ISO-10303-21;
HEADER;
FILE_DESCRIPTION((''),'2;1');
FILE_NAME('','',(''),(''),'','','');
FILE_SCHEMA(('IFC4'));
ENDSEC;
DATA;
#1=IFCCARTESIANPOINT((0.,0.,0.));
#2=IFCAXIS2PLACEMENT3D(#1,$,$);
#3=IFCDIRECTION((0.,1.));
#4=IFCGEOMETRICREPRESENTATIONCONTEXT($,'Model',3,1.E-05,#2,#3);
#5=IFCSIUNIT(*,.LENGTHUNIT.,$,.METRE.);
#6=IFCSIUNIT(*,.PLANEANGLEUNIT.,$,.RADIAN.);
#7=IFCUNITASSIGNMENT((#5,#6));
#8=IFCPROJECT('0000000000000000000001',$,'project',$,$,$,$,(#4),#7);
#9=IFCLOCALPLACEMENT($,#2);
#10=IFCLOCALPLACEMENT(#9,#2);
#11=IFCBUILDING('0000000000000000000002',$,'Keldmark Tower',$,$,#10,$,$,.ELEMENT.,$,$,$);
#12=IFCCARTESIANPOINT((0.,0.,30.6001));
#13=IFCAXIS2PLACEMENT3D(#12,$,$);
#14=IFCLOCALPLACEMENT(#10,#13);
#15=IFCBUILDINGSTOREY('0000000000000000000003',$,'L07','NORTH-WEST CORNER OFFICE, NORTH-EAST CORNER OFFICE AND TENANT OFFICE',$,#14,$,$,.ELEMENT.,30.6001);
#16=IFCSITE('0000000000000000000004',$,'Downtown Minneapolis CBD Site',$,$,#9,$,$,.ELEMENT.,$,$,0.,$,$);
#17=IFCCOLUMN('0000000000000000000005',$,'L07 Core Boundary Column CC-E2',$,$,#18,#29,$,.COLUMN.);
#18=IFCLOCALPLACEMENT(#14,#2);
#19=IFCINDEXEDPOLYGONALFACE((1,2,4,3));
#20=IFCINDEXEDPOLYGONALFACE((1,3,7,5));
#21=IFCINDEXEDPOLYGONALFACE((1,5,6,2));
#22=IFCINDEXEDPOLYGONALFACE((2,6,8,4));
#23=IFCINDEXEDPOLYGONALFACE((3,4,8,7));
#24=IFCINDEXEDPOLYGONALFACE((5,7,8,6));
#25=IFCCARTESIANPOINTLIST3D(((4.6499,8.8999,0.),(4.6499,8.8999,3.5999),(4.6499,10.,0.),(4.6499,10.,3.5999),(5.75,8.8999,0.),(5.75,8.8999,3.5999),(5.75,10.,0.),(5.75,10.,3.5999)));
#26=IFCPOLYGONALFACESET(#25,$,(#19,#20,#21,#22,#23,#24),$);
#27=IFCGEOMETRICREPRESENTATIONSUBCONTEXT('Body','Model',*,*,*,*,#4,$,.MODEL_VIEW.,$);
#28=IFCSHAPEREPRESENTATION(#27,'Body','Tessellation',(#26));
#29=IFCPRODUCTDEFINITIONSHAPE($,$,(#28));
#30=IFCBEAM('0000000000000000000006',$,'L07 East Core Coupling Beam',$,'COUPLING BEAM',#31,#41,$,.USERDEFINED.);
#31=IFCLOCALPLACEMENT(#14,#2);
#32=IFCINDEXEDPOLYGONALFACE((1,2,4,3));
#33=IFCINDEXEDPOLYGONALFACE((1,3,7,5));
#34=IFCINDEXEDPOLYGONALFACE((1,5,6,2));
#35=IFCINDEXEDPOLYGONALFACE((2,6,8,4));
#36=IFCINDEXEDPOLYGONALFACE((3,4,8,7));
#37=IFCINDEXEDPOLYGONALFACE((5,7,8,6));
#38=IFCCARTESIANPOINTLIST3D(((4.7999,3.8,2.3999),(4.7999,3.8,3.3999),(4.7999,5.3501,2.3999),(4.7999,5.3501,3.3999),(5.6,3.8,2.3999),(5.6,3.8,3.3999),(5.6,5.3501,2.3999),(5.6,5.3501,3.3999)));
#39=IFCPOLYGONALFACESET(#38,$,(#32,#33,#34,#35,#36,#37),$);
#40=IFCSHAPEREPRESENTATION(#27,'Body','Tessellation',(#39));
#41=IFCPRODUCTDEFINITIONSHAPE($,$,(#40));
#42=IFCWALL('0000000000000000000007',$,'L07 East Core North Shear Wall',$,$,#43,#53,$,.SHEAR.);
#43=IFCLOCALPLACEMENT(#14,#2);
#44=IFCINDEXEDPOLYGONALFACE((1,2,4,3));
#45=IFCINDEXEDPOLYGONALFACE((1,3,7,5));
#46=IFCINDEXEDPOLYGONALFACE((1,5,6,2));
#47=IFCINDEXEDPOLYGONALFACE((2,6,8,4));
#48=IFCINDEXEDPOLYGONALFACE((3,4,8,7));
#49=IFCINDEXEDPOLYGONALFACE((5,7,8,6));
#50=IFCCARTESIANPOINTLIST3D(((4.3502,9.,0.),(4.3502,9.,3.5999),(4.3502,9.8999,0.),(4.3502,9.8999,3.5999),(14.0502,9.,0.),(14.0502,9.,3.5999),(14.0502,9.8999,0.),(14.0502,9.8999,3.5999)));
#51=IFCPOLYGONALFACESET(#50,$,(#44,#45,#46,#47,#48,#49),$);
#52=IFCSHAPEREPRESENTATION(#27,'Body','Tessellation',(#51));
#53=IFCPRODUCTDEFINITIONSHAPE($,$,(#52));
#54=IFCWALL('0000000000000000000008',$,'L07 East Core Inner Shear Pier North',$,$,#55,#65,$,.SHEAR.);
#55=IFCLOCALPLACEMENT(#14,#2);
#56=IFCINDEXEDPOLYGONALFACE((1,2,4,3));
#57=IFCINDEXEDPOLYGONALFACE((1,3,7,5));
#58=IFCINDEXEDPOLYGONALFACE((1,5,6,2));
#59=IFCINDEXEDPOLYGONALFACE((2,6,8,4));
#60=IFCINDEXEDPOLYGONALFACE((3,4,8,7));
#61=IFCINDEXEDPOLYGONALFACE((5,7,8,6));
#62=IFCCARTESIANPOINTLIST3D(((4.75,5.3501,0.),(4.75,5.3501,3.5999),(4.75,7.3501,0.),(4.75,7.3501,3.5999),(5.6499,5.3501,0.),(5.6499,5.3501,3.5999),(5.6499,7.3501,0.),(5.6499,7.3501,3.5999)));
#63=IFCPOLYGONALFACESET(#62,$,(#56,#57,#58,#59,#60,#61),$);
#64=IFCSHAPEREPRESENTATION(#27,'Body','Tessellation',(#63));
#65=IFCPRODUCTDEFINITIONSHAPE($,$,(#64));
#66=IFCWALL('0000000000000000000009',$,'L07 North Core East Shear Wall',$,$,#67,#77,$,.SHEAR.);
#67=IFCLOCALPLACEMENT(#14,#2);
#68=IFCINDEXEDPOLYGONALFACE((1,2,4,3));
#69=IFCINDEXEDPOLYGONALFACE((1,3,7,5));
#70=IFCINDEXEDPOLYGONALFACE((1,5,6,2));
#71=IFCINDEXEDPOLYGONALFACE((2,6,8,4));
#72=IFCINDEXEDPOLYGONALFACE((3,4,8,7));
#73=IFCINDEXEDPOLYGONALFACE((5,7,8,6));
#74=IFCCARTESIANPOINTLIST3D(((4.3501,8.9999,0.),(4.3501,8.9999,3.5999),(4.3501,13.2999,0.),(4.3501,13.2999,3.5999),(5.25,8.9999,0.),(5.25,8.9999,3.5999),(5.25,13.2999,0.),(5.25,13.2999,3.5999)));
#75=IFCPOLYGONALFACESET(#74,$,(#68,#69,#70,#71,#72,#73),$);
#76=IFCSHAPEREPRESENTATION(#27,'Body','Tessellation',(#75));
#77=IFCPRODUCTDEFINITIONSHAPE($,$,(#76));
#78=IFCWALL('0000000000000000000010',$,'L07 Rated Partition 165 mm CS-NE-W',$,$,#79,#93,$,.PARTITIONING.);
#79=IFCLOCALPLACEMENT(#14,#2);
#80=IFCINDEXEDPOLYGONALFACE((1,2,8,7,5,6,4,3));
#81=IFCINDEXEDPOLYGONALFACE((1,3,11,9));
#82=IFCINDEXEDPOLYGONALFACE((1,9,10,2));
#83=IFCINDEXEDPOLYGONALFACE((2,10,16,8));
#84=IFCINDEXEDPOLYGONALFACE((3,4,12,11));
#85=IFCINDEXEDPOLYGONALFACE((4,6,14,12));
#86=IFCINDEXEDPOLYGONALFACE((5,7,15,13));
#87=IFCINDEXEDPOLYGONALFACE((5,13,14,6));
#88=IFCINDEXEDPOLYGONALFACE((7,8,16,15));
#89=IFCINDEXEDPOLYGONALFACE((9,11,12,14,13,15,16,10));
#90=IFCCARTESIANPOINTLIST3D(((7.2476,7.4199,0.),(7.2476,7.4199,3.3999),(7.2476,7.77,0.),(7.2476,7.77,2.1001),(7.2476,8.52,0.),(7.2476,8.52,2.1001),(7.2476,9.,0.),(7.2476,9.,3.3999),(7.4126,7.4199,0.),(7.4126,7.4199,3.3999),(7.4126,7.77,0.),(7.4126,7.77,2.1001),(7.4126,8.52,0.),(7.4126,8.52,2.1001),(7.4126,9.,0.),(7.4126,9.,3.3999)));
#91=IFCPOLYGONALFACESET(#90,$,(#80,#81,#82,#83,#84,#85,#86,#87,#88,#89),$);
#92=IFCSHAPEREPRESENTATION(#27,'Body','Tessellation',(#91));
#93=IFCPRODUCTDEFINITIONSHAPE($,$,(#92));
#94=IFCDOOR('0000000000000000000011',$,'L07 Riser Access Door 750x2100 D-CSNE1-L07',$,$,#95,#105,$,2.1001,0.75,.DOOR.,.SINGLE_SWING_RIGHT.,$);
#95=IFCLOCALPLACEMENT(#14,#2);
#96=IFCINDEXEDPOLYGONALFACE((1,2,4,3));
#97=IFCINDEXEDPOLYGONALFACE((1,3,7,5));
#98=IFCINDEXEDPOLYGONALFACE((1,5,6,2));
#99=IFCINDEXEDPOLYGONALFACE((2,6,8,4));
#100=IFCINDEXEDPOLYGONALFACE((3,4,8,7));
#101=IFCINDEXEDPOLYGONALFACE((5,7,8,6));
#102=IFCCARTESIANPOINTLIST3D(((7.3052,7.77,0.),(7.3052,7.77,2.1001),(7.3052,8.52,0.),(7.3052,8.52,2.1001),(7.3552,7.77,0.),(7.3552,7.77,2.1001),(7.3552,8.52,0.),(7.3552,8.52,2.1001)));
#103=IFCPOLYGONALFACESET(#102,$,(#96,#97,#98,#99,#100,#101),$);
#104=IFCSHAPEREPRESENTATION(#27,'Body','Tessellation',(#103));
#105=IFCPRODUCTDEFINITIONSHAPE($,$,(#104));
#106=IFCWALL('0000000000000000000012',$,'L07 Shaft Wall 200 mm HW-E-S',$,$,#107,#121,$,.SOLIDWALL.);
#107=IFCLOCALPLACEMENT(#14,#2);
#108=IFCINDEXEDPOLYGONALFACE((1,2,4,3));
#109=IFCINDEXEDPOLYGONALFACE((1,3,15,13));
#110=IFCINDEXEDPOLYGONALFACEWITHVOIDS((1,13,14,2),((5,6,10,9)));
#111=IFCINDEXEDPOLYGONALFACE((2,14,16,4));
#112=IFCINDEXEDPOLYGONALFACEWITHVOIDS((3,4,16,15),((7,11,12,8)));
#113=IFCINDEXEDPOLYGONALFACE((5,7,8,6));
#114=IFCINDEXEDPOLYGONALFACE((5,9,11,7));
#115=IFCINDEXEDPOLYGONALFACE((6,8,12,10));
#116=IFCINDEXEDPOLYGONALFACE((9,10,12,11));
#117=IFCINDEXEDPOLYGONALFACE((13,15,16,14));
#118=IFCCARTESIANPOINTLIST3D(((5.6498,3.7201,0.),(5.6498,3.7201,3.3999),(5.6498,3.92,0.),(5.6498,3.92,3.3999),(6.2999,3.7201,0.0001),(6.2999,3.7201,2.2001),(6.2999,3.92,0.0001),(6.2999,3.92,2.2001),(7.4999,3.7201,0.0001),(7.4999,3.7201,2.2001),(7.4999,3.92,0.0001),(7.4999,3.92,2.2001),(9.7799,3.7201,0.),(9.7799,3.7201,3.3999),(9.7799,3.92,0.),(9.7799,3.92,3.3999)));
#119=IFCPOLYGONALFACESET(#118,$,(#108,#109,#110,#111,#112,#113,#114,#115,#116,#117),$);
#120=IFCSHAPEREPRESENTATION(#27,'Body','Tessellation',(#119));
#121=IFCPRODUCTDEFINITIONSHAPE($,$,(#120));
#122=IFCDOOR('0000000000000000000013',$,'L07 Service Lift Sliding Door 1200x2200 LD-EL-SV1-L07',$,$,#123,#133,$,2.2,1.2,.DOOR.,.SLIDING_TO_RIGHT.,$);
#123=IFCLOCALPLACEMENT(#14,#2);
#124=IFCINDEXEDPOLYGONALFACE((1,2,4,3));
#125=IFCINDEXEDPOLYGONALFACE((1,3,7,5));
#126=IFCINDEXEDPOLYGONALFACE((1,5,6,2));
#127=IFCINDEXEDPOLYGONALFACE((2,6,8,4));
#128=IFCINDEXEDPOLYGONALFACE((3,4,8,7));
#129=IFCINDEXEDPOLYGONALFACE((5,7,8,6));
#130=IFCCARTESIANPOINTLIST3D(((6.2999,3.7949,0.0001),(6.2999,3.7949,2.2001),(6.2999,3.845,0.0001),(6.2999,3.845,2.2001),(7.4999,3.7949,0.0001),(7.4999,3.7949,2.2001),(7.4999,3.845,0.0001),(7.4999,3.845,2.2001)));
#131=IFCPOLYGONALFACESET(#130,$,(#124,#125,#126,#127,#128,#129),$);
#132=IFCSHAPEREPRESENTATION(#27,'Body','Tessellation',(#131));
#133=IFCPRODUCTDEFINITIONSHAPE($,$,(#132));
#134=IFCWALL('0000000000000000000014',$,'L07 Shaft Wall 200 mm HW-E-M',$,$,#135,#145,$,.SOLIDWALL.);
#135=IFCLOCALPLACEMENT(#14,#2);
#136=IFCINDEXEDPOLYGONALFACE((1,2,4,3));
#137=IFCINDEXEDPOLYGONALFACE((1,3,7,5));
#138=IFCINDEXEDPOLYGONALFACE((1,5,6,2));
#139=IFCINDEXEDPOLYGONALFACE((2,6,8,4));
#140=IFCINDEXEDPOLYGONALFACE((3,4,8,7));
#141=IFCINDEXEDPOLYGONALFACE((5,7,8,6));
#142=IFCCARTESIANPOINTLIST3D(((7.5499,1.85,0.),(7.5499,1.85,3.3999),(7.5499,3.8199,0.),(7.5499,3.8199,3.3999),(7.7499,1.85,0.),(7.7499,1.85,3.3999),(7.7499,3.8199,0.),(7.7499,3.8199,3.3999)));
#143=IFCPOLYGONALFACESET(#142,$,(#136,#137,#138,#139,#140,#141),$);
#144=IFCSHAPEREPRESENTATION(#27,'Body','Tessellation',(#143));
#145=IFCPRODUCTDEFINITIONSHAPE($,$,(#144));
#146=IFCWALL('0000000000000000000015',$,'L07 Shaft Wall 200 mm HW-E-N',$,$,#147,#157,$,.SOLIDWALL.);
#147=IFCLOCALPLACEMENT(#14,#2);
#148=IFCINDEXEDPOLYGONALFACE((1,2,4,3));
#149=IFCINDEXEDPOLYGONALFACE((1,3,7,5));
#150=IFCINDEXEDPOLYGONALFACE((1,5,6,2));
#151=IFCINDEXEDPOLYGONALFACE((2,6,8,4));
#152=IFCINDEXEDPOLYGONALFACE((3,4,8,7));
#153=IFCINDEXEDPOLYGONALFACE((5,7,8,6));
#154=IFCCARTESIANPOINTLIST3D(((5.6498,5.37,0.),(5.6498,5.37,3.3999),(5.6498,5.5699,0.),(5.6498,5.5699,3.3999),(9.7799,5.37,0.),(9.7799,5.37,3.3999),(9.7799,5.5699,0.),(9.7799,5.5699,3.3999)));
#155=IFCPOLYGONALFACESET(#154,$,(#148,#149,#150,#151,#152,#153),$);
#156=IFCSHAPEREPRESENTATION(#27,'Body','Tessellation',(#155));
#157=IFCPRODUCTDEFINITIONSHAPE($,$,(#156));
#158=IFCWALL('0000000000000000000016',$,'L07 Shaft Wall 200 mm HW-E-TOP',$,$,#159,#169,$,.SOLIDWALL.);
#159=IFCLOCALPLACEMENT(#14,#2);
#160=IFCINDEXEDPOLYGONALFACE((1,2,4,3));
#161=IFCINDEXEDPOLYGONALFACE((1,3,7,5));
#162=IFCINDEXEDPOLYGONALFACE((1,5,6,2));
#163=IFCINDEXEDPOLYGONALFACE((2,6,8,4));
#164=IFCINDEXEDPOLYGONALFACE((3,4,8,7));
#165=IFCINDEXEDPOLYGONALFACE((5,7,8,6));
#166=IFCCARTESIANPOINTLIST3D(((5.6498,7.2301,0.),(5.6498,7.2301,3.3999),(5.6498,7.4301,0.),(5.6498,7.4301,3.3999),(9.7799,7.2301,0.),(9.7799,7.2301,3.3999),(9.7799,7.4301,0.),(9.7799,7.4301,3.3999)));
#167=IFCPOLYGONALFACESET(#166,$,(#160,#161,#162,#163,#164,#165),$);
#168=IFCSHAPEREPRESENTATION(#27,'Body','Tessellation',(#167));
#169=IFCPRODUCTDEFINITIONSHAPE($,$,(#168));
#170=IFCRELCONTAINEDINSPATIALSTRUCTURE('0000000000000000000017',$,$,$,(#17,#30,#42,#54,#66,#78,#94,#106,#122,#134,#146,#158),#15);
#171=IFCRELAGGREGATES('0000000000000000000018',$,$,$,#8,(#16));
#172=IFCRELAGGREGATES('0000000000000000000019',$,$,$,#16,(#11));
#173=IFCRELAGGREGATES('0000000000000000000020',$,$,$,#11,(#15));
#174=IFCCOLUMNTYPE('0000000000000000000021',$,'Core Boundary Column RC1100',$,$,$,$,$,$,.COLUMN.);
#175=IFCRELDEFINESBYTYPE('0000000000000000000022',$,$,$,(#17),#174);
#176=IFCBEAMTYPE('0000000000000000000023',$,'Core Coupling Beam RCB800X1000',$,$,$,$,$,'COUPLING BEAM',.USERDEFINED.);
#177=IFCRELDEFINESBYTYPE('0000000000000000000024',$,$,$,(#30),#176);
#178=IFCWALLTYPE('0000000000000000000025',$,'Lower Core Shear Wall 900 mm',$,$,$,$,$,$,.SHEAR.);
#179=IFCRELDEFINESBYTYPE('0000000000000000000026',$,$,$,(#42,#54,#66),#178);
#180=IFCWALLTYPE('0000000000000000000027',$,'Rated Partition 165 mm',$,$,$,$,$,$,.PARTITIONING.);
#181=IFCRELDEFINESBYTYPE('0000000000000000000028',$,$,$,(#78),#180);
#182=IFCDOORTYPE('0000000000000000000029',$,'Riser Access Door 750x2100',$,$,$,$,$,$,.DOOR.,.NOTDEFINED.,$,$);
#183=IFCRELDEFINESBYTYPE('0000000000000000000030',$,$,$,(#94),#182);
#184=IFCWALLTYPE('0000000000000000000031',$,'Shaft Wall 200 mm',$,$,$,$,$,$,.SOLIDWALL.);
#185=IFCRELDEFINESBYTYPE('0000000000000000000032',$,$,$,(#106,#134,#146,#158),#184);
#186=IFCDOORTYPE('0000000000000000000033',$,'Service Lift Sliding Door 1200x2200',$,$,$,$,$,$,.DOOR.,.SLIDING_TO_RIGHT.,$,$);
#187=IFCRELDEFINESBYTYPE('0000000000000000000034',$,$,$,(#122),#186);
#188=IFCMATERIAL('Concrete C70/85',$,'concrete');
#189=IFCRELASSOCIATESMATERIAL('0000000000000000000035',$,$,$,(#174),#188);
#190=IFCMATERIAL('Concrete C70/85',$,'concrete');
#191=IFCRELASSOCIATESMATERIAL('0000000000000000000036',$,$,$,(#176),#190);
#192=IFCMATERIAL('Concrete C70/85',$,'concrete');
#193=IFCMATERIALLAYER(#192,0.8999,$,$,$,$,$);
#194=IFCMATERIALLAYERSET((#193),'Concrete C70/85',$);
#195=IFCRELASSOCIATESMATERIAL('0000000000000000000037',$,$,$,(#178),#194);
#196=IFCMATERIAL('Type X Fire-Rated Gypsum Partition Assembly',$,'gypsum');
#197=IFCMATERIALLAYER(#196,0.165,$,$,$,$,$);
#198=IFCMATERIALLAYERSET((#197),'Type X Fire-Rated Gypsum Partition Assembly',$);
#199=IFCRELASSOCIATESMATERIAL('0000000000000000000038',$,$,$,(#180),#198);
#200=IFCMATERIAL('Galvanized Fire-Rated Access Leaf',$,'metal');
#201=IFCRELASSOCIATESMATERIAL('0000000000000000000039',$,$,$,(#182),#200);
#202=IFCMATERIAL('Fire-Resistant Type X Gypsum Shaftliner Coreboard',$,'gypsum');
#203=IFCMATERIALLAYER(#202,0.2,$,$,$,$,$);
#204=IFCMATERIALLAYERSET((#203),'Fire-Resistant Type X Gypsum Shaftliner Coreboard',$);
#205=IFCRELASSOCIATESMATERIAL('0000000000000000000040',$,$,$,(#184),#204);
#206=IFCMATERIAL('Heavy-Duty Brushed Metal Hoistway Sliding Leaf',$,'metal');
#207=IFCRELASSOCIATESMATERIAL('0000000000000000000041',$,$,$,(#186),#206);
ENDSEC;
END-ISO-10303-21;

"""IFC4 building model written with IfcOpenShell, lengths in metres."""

from ifc_helpers import new_model, si_unit, direction, frame, frame_2d, origin, origin_2d, place, context, subcontext, project, spatial, rectangle, extrude, material, layer, layer_set, material_profile, profile_set, type_object, element, fill, save


model = new_model("IFC4")

# Units and contexts
model_context = context("Model", 3, precision=1e-05, world=origin(), true_north=direction((0.0, 1.0)))
body_context = subcontext(model_context, "Body", "Model", "MODEL_VIEW")
ifc_project = project(units=[si_unit("LENGTHUNIT", "METRE"), si_unit("PLANEANGLEUNIT", "RADIAN")], contexts=[model_context])

# Site, building, storey
site_placement = place(None, origin())
site = spatial("IfcSite", under=ifc_project, at=site_placement, Name="Downtown Minneapolis CBD Site", CompositionType="ELEMENT", RefElevation=0.0)
building_placement = place(site_placement, origin())
building = spatial("IfcBuilding", under=site, at=building_placement, Name="Keldmark Tower", CompositionType="ELEMENT")
storey_placement = place(building_placement, frame((0.0, 0.0, 30.6001)))
storey = spatial("IfcBuildingStorey", under=building, at=storey_placement, Name="L07", Description="NORTH-WEST CORNER OFFICE, NORTH-EAST CORNER OFFICE AND TENANT OFFICE", CompositionType="ELEMENT", Elevation=30.6001)

# Column
ifc_material_1 = material(Name="Concrete C70/85", Category="concrete")
ifc_material_profile_1 = material_profile(ifc_material_1, rectangle(XDim=1.1001, YDim=1.1001, at=origin_2d()), Name="RC1100X1100")
ifc_profile_set_1 = profile_set([ifc_material_profile_1], Name="Concrete C70/85")
column_type = type_object("IfcColumnType", Name="Core Boundary Column RC1100", PredefinedType="COLUMN", material=ifc_profile_set_1)
column_placement = place(storey_placement, frame((5.2, 9.45, 0.0), z_axis=(0.0, 0.0, 1.0), x_axis=(1.0, 0.0, 0.0)))
element("IfcColumn", 1, at=column_placement, inside=storey, type_object=column_type, Name="L07 Core Boundary Column CC-E2", PredefinedType="COLUMN", context=body_context, shape_type="SweptSolid", body=[
    extrude(rectangle(XDim=1.1001, YDim=1.1001, at=origin_2d()), origin(), (0.0, 0.0, 1.0), 3.5999),
])

# Beam
ifc_material_2 = material(Name="Concrete C70/85", Category="concrete")
ifc_material_profile_2 = material_profile(ifc_material_2, rectangle(XDim=0.8, YDim=1.0, at=origin_2d()), Name="RCB800X1000")
ifc_profile_set_2 = profile_set([ifc_material_profile_2], Name="Concrete C70/85")
beam_type = type_object("IfcBeamType", Name="Core Coupling Beam RCB800X1000", ElementType="COUPLING BEAM", PredefinedType="USERDEFINED", material=ifc_profile_set_2)
beam_placement = place(storey_placement, frame((5.2, 3.8, 2.8999), z_axis=(0.0, 1.0, 0.0), x_axis=(-1.0, 0.0, 0.0)))
element("IfcBeam", 2, at=beam_placement, inside=storey, type_object=beam_type, Name="L07 East Core Coupling Beam", ObjectType="COUPLING BEAM", PredefinedType="USERDEFINED", context=body_context, shape_type="SweptSolid", body=[
    extrude(rectangle(XDim=0.8, YDim=1.0, at=origin_2d()), origin(), (0.0, 0.0, 1.0), 1.55),
])

# Walls
ifc_material_3 = material(Name="Concrete C70/85", Category="concrete")
ifc_layer_1 = layer(ifc_material_3, 0.8999)
ifc_layer_set_1 = layer_set([ifc_layer_1], Name="Concrete C70/85")
wall_type_1 = type_object("IfcWallType", Name="Lower Core Shear Wall 900 mm", PredefinedType="SHEAR", material=ifc_layer_set_1)
wall_1_placement = place(storey_placement, frame((4.3501, 9.45, 0.0), z_axis=(0.0, 0.0, 1.0), x_axis=(1.0, 0.0, 0.0)))
element("IfcWall", 3, at=wall_1_placement, inside=storey, type_object=wall_type_1, Name="L07 East Core North Shear Wall", PredefinedType="SHEAR", context=body_context, shape_type="SweptSolid", body=[
    extrude(rectangle(XDim=9.7, YDim=0.8999, at=frame_2d((4.8501, 0.0))), origin(), (0.0, 0.0, 1.0), 3.5999),
])
wall_2_placement = place(storey_placement, frame((5.2, 5.3501, 0.0), z_axis=(0.0, 0.0, 1.0), x_axis=(0.0, 1.0, 0.0)))
element("IfcWall", 4, at=wall_2_placement, inside=storey, type_object=wall_type_1, Name="L07 East Core Inner Shear Pier North", PredefinedType="SHEAR", context=body_context, shape_type="SweptSolid", body=[
    extrude(rectangle(XDim=2.0, YDim=0.8999, at=frame_2d((1.0, 0.0))), origin(), (0.0, 0.0, 1.0), 3.5999),
])
wall_3_placement = place(storey_placement, frame((4.8, 9.0, 0.0), z_axis=(0.0, 0.0, 1.0), x_axis=(0.0, 1.0, 0.0)))
element("IfcWall", 5, at=wall_3_placement, inside=storey, type_object=wall_type_1, Name="L07 North Core East Shear Wall", PredefinedType="SHEAR", context=body_context, shape_type="SweptSolid", body=[
    extrude(rectangle(XDim=4.3, YDim=0.8999, at=frame_2d((2.1499, 0.0))), origin(), (0.0, 0.0, 1.0), 3.5999),
])

# Walls, openings, doors
ifc_material_4 = material(Name="Type X Fire-Rated Gypsum Partition Assembly", Category="gypsum")
ifc_layer_2 = layer(ifc_material_4, 0.165)
ifc_layer_set_2 = layer_set([ifc_layer_2], Name="Type X Fire-Rated Gypsum Partition Assembly")
wall_type_2 = type_object("IfcWallType", Name="Rated Partition 165 mm", PredefinedType="PARTITIONING", material=ifc_layer_set_2)
wall_4_placement = place(storey_placement, frame((7.3301, 7.4199, 0.0), z_axis=(0.0, 0.0, 1.0), x_axis=(0.0, 1.0, 0.0)))
wall_4 = element("IfcWall", 6, at=wall_4_placement, inside=storey, type_object=wall_type_2, Name="L07 Rated Partition 165 mm CS-NE-W", PredefinedType="PARTITIONING", context=body_context, shape_type="SweptSolid", body=[
    extrude(rectangle(XDim=1.5801, YDim=0.165, at=frame_2d((0.79, 0.0))), origin(), (0.0, 0.0, 1.0), 3.3999),
])
opening_1_placement = place(wall_4_placement, frame((0.3501, 0.0, 0.0)))
opening_1 = element("IfcOpeningElement", 7, at=opening_1_placement, cuts=wall_4, PredefinedType="OPENING", context=body_context, shape_type="SweptSolid", body=[
    extrude(rectangle(XDim=0.75, YDim=2.1001, at=frame_2d((0.375, 1.05))), frame((0.0, 0.0925, 0.0), z_axis=(0.0, -1.0, 0.0), x_axis=(1.0, 0.0, 0.0)), (0.0, 0.0, 1.0), 0.1851),
])
ifc_material_5 = material(Name="Galvanized Fire-Rated Access Leaf", Category="metal")
door_type_1 = type_object("IfcDoorType", Name="Riser Access Door 750x2100", OperationType="NOTDEFINED", PredefinedType="DOOR", material=ifc_material_5)
door_1_placement = place(opening_1_placement, origin())
door_1 = element("IfcDoor", 8, at=door_1_placement, inside=storey, type_object=door_type_1, Name="L07 Riser Access Door 750x2100 D-CSNE1-L07", OperationType="SINGLE_SWING_RIGHT", OverallHeight=2.1001, OverallWidth=0.75, PredefinedType="DOOR", context=body_context, shape_type="SweptSolid", body=[
    extrude(rectangle(XDim=0.75, YDim=2.1001, at=frame_2d((0.375, 1.05))), frame((0.0, 0.0249, 0.0), z_axis=(0.0, -1.0, 0.0), x_axis=(1.0, 0.0, 0.0)), (0.0, 0.0, 1.0), 0.05),
])
fill(opening_1, door_1)
ifc_material_6 = material(Name="Fire-Resistant Type X Gypsum Shaftliner Coreboard", Category="gypsum")
ifc_layer_3 = layer(ifc_material_6, 0.2)
ifc_layer_set_3 = layer_set([ifc_layer_3], Name="Fire-Resistant Type X Gypsum Shaftliner Coreboard")
wall_type_3 = type_object("IfcWallType", Name="Shaft Wall 200 mm", PredefinedType="SOLIDWALL", material=ifc_layer_set_3)
wall_5_placement = place(storey_placement, frame((5.6499, 3.8201, 0.0), z_axis=(0.0, 0.0, 1.0), x_axis=(1.0, 0.0, 0.0)))
wall_5 = element("IfcWall", 9, at=wall_5_placement, inside=storey, type_object=wall_type_3, Name="L07 Shaft Wall 200 mm HW-E-S", PredefinedType="SOLIDWALL", context=body_context, shape_type="SweptSolid", body=[
    extrude(rectangle(XDim=4.1301, YDim=0.2, at=frame_2d((2.0649, 0.0))), origin(), (0.0, 0.0, 1.0), 3.3999),
])
opening_2_placement = place(wall_5_placement, frame((0.6499, 0.0, 0.0)))
opening_2 = element("IfcOpeningElement", 10, at=opening_2_placement, cuts=wall_5, PredefinedType="OPENING", context=body_context, shape_type="SweptSolid", body=[
    extrude(rectangle(XDim=1.2, YDim=2.2, at=frame_2d((0.6001, 1.1001))), frame((0.0, 0.1099, 0.0), z_axis=(0.0, -1.0, 0.0), x_axis=(1.0, 0.0, 0.0)), (0.0, 0.0, 1.0), 0.22),
])
ifc_material_7 = material(Name="Heavy-Duty Brushed Metal Hoistway Sliding Leaf", Category="metal")
door_type_2 = type_object("IfcDoorType", Name="Service Lift Sliding Door 1200x2200", OperationType="SLIDING_TO_RIGHT", PredefinedType="DOOR", material=ifc_material_7)
door_2_placement = place(opening_2_placement, origin())
door_2 = element("IfcDoor", 11, at=door_2_placement, inside=storey, type_object=door_type_2, Name="L07 Service Lift Sliding Door 1200x2200 LD-EL-SV1-L07", OperationType="SLIDING_TO_RIGHT", OverallHeight=2.2, OverallWidth=1.2, PredefinedType="DOOR", context=body_context, shape_type="SweptSolid", body=[
    extrude(rectangle(XDim=1.2, YDim=2.2, at=frame_2d((0.6001, 1.1001))), frame((0.0, 0.0249, 0.0), z_axis=(0.0, -1.0, 0.0), x_axis=(1.0, 0.0, 0.0)), (0.0, 0.0, 1.0), 0.05),
])
fill(opening_2, door_2)

# Walls
wall_6_placement = place(storey_placement, frame((7.6499, 1.8501, 0.0), z_axis=(0.0, 0.0, 1.0), x_axis=(0.0, 1.0, 0.0)))
element("IfcWall", 12, at=wall_6_placement, inside=storey, type_object=wall_type_3, Name="L07 Shaft Wall 200 mm HW-E-M", PredefinedType="SOLIDWALL", context=body_context, shape_type="SweptSolid", body=[
    extrude(rectangle(XDim=1.97, YDim=0.2, at=frame_2d((0.9849, 0.0))), origin(), (0.0, 0.0, 1.0), 3.3999),
])
for number, where, z_axis, x_axis, name in (
    (13, (5.6499, 5.47, 0.0), (0.0, 0.0, 1.0), (1.0, 0.0, 0.0), "L07 Shaft Wall 200 mm HW-E-N"),
    (14, (5.6499, 7.3301, 0.0), (0.0, 0.0, 1.0), (1.0, 0.0, 0.0), "L07 Shaft Wall 200 mm HW-E-TOP"),
):
    element("IfcWall", number, at=place(storey_placement, frame(where, z_axis=z_axis, x_axis=x_axis)), inside=storey, type_object=wall_type_3, Name=name, PredefinedType="SOLIDWALL", context=body_context, shape_type="SweptSolid", body=[
        extrude(rectangle(XDim=4.1301, YDim=0.2, at=frame_2d((2.0649, 0.0))), origin(), (0.0, 0.0, 1.0), 3.3999),
    ])

save(model, "model.ifc")
